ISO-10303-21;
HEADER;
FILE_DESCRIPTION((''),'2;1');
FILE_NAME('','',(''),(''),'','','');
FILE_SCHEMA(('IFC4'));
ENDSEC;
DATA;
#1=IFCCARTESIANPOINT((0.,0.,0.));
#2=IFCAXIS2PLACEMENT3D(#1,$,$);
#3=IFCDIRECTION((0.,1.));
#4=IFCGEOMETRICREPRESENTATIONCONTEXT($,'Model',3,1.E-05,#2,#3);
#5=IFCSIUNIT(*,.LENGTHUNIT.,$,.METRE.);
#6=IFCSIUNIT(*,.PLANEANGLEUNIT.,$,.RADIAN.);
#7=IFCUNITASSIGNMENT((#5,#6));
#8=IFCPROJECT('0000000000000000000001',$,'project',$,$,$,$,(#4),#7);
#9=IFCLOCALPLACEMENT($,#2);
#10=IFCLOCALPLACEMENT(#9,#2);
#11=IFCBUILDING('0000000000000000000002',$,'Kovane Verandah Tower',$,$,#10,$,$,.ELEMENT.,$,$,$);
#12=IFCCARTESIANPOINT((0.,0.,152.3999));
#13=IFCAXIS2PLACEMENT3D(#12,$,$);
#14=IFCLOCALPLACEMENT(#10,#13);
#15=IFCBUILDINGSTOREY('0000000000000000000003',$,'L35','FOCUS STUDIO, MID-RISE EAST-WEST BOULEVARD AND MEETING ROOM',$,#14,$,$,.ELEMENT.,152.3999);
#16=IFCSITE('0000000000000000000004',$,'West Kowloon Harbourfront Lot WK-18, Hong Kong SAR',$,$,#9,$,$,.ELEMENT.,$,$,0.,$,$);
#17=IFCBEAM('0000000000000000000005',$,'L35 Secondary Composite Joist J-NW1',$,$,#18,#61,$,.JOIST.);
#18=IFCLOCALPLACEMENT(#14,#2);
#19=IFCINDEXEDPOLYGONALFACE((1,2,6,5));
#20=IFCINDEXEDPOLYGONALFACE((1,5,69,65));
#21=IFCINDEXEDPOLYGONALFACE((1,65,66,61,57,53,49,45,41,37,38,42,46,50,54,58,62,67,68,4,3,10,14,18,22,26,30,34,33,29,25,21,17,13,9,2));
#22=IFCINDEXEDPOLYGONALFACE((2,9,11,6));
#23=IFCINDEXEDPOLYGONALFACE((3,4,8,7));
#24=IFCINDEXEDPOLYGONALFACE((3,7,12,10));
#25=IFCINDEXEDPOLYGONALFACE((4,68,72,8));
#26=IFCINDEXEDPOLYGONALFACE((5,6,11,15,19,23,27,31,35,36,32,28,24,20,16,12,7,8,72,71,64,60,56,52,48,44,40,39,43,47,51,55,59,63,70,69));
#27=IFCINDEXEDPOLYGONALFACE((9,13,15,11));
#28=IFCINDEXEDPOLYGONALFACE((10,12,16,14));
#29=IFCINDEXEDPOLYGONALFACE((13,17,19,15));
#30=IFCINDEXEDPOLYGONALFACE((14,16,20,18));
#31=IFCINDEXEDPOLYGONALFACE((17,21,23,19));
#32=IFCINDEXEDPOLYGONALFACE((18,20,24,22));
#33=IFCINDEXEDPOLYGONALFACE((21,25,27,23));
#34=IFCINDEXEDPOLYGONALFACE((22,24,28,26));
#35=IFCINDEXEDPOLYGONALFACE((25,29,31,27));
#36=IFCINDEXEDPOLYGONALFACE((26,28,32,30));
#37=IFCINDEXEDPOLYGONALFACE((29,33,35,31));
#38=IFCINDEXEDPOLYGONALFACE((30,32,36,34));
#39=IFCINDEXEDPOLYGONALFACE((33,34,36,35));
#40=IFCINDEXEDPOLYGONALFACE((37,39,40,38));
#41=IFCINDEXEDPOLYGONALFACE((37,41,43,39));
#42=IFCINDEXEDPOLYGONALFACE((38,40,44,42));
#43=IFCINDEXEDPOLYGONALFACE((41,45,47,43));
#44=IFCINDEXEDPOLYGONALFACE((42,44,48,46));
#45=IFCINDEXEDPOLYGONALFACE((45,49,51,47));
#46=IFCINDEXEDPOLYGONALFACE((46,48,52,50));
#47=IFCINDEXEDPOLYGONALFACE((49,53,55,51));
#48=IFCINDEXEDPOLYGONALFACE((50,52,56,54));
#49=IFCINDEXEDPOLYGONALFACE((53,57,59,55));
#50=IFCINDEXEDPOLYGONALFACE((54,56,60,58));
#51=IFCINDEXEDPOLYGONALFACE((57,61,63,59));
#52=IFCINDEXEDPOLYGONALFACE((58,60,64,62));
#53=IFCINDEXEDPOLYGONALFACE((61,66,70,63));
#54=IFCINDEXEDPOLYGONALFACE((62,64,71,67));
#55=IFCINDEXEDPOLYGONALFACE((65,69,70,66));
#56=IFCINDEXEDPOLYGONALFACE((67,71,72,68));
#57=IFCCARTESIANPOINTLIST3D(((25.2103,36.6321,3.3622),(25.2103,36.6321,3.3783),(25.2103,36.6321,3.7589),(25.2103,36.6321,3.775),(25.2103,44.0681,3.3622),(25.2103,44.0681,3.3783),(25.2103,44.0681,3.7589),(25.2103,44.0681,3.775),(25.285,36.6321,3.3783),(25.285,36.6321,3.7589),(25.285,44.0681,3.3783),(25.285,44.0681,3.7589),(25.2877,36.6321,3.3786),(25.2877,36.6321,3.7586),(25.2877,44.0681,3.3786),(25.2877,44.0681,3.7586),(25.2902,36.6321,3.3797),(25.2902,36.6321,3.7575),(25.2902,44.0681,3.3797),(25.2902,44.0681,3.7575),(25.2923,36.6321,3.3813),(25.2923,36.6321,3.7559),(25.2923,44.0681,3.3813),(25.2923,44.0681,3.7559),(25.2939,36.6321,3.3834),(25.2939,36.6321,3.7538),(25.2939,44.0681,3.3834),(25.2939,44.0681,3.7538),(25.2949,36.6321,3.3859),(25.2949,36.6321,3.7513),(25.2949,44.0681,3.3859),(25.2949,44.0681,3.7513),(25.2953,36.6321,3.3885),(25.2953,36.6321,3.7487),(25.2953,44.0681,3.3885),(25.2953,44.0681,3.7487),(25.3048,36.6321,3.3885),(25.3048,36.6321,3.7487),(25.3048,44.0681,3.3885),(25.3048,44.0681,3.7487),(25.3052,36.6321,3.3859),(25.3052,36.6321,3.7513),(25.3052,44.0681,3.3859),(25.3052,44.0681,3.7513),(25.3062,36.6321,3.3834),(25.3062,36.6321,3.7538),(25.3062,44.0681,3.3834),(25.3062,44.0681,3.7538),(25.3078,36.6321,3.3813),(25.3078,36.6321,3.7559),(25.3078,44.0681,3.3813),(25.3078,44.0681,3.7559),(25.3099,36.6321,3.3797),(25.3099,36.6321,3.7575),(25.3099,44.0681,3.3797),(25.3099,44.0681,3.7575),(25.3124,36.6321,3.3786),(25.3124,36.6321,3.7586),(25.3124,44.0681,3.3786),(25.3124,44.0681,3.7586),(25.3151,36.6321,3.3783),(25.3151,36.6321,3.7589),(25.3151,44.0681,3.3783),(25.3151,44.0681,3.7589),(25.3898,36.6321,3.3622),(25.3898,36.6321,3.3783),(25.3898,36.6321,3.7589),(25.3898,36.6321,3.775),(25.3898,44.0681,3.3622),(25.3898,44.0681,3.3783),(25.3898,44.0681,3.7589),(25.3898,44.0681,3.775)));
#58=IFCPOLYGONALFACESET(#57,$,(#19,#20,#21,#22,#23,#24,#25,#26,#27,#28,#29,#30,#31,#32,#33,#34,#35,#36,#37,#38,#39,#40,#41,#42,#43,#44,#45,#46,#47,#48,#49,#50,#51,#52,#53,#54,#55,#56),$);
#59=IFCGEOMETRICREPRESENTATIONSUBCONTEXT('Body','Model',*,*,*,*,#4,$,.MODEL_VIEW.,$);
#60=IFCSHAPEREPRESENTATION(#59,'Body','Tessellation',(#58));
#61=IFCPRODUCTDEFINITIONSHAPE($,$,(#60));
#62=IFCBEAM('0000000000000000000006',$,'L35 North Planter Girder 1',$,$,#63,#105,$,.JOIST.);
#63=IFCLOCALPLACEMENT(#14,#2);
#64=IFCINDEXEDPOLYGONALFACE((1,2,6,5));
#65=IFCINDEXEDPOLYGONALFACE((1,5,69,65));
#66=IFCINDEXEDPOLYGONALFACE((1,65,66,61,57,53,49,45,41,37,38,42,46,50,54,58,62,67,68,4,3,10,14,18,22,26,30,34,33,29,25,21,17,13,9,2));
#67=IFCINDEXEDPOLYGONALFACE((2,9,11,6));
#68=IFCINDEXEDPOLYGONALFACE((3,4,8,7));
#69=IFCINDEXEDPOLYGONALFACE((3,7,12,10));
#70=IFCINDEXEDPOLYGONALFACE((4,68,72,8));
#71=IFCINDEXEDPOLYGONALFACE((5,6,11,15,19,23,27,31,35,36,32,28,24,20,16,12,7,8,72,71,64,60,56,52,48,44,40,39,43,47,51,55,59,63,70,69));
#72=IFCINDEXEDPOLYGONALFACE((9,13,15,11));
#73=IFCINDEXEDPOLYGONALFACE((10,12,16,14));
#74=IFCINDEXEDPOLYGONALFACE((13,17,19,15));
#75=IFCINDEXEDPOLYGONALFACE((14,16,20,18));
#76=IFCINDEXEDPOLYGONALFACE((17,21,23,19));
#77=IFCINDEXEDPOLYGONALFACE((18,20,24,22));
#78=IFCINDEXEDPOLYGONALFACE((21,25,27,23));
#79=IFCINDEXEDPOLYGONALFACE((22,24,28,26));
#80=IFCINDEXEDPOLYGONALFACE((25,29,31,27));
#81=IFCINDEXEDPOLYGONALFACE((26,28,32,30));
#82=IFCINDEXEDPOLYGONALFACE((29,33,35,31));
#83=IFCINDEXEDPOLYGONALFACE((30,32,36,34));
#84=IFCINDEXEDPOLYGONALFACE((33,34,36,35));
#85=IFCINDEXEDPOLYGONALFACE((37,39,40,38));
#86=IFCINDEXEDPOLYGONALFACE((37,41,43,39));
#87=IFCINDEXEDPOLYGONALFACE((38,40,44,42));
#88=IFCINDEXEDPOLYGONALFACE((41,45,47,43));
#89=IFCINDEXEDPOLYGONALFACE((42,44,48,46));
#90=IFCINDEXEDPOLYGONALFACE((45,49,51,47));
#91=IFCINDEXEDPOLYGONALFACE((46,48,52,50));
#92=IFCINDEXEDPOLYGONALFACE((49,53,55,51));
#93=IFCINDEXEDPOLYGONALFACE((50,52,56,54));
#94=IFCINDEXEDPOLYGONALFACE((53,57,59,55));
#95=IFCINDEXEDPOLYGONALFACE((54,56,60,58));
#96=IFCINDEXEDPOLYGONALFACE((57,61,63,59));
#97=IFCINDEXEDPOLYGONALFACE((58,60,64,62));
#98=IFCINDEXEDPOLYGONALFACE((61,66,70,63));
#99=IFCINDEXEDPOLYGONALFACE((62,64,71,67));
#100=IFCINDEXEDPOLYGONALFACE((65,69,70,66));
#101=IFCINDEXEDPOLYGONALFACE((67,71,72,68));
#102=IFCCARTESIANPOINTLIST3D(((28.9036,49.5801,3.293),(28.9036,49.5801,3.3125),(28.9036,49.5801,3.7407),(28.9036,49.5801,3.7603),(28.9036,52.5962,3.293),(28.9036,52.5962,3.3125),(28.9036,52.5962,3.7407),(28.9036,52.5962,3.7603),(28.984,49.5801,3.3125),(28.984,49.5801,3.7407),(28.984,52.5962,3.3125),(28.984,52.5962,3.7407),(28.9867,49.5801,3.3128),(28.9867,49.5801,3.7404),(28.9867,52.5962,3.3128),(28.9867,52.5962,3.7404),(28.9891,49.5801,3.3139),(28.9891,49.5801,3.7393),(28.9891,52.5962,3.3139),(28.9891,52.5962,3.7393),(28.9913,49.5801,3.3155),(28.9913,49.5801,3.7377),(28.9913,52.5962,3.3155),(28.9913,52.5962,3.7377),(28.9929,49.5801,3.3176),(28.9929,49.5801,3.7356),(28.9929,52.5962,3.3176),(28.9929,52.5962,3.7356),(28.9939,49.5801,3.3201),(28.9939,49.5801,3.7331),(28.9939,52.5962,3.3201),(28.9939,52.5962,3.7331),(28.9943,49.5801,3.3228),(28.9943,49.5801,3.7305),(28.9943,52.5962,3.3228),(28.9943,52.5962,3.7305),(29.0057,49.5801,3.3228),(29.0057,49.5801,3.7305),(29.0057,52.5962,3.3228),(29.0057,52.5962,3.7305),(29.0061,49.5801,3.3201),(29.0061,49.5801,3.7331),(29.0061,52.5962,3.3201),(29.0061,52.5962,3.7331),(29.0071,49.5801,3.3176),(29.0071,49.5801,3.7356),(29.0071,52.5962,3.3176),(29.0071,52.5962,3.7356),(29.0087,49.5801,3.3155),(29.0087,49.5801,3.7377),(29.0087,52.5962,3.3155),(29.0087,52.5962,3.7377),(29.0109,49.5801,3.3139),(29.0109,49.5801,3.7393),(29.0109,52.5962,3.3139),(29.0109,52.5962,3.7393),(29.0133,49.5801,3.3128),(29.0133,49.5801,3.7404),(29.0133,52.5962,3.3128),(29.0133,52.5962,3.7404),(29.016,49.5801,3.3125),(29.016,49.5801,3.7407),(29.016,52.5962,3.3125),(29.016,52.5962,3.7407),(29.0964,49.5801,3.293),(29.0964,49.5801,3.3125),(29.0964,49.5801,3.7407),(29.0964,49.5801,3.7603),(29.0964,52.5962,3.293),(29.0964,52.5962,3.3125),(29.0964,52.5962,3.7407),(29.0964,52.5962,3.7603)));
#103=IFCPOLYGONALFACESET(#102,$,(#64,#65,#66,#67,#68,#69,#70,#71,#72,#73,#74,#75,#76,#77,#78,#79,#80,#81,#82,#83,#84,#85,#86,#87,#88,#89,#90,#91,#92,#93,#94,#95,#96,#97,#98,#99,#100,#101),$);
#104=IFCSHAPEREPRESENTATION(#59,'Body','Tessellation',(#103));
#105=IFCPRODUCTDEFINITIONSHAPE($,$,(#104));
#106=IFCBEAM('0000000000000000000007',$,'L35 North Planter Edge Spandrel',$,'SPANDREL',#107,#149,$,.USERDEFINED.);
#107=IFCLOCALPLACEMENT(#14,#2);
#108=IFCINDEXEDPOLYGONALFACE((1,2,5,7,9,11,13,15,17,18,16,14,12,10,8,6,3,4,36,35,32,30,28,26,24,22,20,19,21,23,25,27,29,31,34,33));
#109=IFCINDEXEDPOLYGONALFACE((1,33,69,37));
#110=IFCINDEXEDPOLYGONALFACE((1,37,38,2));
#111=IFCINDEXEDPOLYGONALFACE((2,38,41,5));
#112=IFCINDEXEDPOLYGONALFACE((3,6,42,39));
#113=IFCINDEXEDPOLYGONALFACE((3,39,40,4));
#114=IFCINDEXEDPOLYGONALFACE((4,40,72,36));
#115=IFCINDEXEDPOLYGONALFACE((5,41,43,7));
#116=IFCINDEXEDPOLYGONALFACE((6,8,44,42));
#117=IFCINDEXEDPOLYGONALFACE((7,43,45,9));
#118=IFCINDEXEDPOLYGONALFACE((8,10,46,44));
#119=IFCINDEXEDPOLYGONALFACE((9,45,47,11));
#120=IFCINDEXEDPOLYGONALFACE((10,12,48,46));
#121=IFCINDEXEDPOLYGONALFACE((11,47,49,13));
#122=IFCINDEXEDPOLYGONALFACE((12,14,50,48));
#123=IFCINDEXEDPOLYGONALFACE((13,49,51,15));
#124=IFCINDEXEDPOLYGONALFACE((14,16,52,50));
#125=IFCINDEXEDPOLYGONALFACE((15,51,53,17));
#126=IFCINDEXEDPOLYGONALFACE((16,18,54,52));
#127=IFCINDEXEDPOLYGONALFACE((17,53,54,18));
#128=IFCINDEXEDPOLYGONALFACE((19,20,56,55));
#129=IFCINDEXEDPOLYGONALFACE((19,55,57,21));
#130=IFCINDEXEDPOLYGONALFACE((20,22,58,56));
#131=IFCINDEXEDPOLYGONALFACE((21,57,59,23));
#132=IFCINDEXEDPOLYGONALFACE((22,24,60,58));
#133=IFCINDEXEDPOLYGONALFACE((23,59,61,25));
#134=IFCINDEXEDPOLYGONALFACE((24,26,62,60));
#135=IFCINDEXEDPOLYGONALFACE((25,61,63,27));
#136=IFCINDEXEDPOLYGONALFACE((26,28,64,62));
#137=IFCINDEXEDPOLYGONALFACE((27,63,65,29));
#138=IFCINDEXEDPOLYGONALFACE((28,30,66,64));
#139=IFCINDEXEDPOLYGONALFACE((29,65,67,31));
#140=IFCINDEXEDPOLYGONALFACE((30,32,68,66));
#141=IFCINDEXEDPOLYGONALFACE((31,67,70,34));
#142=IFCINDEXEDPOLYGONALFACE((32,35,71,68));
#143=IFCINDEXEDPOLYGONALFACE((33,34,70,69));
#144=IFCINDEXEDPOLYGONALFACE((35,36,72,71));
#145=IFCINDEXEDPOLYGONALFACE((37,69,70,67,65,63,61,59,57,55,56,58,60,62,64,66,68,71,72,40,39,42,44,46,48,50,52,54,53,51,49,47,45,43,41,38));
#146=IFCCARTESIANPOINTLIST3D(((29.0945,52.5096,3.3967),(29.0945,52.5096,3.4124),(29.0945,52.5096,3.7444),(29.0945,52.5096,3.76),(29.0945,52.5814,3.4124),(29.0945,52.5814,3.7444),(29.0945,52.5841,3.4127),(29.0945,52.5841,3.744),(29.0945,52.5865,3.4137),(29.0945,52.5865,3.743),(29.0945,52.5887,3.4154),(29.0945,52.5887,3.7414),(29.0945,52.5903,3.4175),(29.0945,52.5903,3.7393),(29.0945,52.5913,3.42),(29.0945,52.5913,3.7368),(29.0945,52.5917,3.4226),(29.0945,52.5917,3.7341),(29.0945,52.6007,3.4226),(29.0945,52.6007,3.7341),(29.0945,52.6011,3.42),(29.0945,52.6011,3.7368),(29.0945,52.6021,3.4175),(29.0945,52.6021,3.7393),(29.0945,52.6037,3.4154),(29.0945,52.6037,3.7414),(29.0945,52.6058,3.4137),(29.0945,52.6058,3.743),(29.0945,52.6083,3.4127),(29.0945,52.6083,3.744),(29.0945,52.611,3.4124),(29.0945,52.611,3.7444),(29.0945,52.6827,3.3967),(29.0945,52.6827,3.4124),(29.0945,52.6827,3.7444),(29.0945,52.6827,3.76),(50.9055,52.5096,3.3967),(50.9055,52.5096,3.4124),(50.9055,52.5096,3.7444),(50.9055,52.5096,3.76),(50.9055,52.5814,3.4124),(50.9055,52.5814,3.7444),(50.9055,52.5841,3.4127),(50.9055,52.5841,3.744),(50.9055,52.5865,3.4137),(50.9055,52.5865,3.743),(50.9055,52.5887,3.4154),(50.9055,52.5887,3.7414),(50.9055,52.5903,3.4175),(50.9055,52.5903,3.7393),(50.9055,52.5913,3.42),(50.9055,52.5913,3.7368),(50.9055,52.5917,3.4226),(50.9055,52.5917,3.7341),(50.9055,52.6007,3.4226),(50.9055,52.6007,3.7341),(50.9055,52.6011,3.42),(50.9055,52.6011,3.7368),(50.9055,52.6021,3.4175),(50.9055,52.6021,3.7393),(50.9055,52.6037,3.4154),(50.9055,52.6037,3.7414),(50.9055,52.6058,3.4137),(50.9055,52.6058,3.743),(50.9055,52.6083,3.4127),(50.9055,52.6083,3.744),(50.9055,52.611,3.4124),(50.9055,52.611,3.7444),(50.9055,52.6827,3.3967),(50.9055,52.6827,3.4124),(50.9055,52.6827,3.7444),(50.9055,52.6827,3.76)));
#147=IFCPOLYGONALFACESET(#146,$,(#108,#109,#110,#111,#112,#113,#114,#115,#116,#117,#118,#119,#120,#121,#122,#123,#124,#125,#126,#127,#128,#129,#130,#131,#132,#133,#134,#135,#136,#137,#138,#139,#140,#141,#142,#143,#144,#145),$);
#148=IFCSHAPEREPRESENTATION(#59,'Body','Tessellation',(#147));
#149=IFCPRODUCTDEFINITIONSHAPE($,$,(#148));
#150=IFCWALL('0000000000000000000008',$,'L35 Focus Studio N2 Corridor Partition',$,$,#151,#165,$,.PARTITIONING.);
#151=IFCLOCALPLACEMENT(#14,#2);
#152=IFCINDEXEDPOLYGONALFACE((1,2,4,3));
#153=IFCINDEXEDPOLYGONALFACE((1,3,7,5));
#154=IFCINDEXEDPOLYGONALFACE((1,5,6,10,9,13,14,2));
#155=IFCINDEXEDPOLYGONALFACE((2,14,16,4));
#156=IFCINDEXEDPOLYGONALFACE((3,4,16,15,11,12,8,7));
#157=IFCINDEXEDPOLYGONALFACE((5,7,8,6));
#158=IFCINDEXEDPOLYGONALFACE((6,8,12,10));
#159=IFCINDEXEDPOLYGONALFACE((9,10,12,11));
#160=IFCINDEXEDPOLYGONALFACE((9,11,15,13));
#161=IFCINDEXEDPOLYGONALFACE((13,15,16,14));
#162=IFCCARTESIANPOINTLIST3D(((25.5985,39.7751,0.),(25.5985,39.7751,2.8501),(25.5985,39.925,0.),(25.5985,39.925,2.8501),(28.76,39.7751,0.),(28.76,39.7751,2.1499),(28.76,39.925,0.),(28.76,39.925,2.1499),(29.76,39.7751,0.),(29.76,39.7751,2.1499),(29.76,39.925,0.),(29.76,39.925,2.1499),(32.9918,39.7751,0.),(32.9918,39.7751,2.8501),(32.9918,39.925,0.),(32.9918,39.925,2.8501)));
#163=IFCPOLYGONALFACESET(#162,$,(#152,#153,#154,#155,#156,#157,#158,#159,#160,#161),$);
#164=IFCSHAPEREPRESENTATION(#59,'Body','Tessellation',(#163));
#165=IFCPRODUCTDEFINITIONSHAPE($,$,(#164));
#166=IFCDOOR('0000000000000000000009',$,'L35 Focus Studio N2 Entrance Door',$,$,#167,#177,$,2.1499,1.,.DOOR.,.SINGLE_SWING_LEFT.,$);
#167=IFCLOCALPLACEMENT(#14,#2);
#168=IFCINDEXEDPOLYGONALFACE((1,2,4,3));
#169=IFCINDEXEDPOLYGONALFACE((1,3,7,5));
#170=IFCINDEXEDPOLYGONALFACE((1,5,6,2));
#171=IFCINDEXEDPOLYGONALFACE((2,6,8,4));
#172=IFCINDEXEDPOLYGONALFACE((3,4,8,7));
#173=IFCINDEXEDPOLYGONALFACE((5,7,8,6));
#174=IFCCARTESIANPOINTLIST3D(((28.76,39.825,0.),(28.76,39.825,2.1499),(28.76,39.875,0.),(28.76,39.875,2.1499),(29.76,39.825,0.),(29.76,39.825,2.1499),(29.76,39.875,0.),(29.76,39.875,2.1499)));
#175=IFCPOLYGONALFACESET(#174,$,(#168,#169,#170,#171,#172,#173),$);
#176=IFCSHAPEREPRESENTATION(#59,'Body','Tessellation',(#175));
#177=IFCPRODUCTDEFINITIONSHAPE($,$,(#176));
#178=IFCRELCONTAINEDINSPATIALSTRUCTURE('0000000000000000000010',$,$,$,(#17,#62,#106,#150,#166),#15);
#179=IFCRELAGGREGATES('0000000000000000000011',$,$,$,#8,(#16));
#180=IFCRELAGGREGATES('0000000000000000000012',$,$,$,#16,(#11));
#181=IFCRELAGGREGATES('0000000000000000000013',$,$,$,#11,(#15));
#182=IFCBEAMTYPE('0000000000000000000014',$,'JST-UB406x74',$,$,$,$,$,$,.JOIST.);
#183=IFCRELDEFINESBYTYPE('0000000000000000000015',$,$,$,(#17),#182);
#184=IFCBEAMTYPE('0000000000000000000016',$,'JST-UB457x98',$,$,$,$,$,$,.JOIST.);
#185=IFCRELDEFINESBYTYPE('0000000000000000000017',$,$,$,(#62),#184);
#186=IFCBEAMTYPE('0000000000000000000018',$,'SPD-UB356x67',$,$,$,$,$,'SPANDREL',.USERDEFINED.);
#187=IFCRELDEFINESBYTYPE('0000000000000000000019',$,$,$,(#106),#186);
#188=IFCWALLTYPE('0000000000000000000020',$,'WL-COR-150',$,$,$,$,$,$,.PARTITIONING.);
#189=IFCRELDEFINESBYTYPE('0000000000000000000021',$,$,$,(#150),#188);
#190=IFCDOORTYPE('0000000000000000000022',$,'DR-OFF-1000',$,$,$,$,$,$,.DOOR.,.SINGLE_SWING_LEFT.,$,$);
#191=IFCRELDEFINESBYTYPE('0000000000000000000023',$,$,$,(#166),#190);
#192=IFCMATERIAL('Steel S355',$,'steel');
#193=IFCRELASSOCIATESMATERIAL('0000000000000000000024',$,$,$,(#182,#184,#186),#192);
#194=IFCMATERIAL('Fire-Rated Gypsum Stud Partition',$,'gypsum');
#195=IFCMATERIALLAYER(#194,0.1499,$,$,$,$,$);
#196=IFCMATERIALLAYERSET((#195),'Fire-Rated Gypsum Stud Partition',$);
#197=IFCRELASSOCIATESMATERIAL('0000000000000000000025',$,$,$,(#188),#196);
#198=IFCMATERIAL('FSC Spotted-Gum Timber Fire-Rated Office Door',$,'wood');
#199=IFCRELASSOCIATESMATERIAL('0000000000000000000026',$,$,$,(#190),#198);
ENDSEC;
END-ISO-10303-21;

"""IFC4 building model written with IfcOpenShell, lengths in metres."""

from ifc_helpers import new_model, si_unit, direction, frame, frame_2d, origin, origin_2d, place, context, subcontext, project, spatial, rectangle, i_section, extrude, material, layer, layer_set, material_profile, profile_set, type_object, element, fill, save


model = new_model("IFC4")

# Units and contexts
model_context = context("Model", 3, precision=1e-05, world=origin(), true_north=direction((0.0, 1.0)))
body_context = subcontext(model_context, "Body", "Model", "MODEL_VIEW")
ifc_project = project(units=[si_unit("LENGTHUNIT", "METRE"), si_unit("PLANEANGLEUNIT", "RADIAN")], contexts=[model_context])

# Site, building, storey
site_placement = place(None, origin())
site = spatial("IfcSite", under=ifc_project, at=site_placement, Name="West Kowloon Harbourfront Lot WK-18, Hong Kong SAR", CompositionType="ELEMENT", RefElevation=0.0)
building_placement = place(site_placement, origin())
building = spatial("IfcBuilding", under=site, at=building_placement, Name="Kovane Verandah Tower", CompositionType="ELEMENT")
storey_placement = place(building_placement, frame((0.0, 0.0, 152.3999)))
storey = spatial("IfcBuildingStorey", under=building, at=storey_placement, Name="L35", Description="FOCUS STUDIO, MID-RISE EAST-WEST BOULEVARD AND MEETING ROOM", CompositionType="ELEMENT", Elevation=152.3999)

# Beams
ifc_material_1 = material(Name="Steel S355", Category="steel")
ifc_material_profile_1 = material_profile(ifc_material_1, i_section(OverallWidth=0.1794, OverallDepth=0.4128, WebThickness=0.0095, FlangeThickness=0.0161, FilletRadius=0.0103, at=origin_2d()), Name="UB406x178x74")
ifc_profile_set_1 = profile_set([ifc_material_profile_1], Name="Steel S355")
beam_type_1 = type_object("IfcBeamType", Name="JST-UB406x74", PredefinedType="JOIST", material=ifc_profile_set_1)
beam_1_placement = place(storey_placement, frame((25.3, 36.6321, 3.5686), z_axis=(0.0, 1.0, 0.0), x_axis=(-1.0, 0.0, 0.0)))
element("IfcBeam", 1, at=beam_1_placement, inside=storey, type_object=beam_type_1, Name="L35 Secondary Composite Joist J-NW1", PredefinedType="JOIST", context=body_context, shape_type="SweptSolid", body=[
    extrude(i_section(OverallWidth=0.1794, OverallDepth=0.4128, WebThickness=0.0095, FlangeThickness=0.0161, FilletRadius=0.0103, at=origin_2d()), origin(), (0.0, 0.0, 1.0), 7.436),
])
ifc_material_profile_2 = material_profile(ifc_material_1, i_section(OverallWidth=0.1929, OverallDepth=0.4673, WebThickness=0.0115, FlangeThickness=0.0195, FilletRadius=0.0103, at=origin_2d()), Name="UB457x191x98")
ifc_profile_set_2 = profile_set([ifc_material_profile_2], Name="Steel S355")
beam_type_2 = type_object("IfcBeamType", Name="JST-UB457x98", PredefinedType="JOIST", material=ifc_profile_set_2)
beam_2_placement = place(storey_placement, frame((29.0, 49.5801, 3.5266), z_axis=(0.0, 1.0, 0.0), x_axis=(-1.0, 0.0, 0.0)))
element("IfcBeam", 2, at=beam_2_placement, inside=storey, type_object=beam_type_2, Name="L35 North Planter Girder 1", PredefinedType="JOIST", context=body_context, shape_type="SweptSolid", body=[
    extrude(i_section(OverallWidth=0.1929, OverallDepth=0.4673, WebThickness=0.0115, FlangeThickness=0.0195, FilletRadius=0.0103, at=origin_2d()), origin(), (0.0, 0.0, 1.0), 3.0161),
])
ifc_material_profile_3 = material_profile(ifc_material_1, i_section(OverallWidth=0.1731, OverallDepth=0.3633, WebThickness=0.009, FlangeThickness=0.0156, FilletRadius=0.0103, at=origin_2d()), Name="UB356x171x67")
ifc_profile_set_3 = profile_set([ifc_material_profile_3], Name="Steel S355")
beam_type_3 = type_object("IfcBeamType", Name="SPD-UB356x67", ElementType="SPANDREL", PredefinedType="USERDEFINED", material=ifc_profile_set_3)
beam_3_placement = place(storey_placement, frame((29.0945, 52.5962, 3.5784), z_axis=(1.0, 0.0, 0.0), x_axis=(0.0, 1.0, 0.0)))
element("IfcBeam", 3, at=beam_3_placement, inside=storey, type_object=beam_type_3, Name="L35 North Planter Edge Spandrel", ObjectType="SPANDREL", PredefinedType="USERDEFINED", context=body_context, shape_type="SweptSolid", body=[
    extrude(i_section(OverallWidth=0.1731, OverallDepth=0.3633, WebThickness=0.009, FlangeThickness=0.0156, FilletRadius=0.0103, at=origin_2d()), origin(), (0.0, 0.0, 1.0), 21.811),
])

# Wall, opening, door
ifc_material_2 = material(Name="Fire-Rated Gypsum Stud Partition", Category="gypsum")
ifc_layer_1 = layer(ifc_material_2, 0.1499)
ifc_layer_set_1 = layer_set([ifc_layer_1], Name="Fire-Rated Gypsum Stud Partition")
wall_type_1 = type_object("IfcWallType", Name="WL-COR-150", PredefinedType="PARTITIONING", material=ifc_layer_set_1)
wall_1_placement = place(storey_placement, frame((25.5984, 39.8501, 0.0), z_axis=(0.0, 0.0, 1.0), x_axis=(1.0, 0.0, 0.0)))
wall_1 = element("IfcWall", 4, at=wall_1_placement, inside=storey, type_object=wall_type_1, Name="L35 Focus Studio N2 Corridor Partition", PredefinedType="PARTITIONING", context=body_context, shape_type="SweptSolid", body=[
    extrude(rectangle(XDim=7.3933, YDim=0.1499, at=frame_2d((3.6968, 0.0))), origin(), (0.0, 0.0, 1.0), 2.8501),
])
opening_1_placement = place(wall_1_placement, frame((3.1616, 0.0, 0.0)))
opening_1 = element("IfcOpeningElement", 5, at=opening_1_placement, cuts=wall_1, PredefinedType="OPENING", context=body_context, shape_type="SweptSolid", body=[
    extrude(rectangle(XDim=1.0, YDim=2.1499, at=frame_2d((0.5, 1.075))), frame((0.0, 0.075, 0.0), z_axis=(0.0, -1.0, 0.0), x_axis=(1.0, 0.0, 0.0)), (0.0, 0.0, 1.0), 0.1499),
])
ifc_material_3 = material(Name="FSC Spotted-Gum Timber Fire-Rated Office Door", Category="wood")
door_type = type_object("IfcDoorType", Name="DR-OFF-1000", OperationType="SINGLE_SWING_LEFT", PredefinedType="DOOR", material=ifc_material_3)
door_1_placement = place(opening_1_placement, origin())
door_1 = element("IfcDoor", 6, at=door_1_placement, inside=storey, type_object=door_type, Name="L35 Focus Studio N2 Entrance Door", OperationType="SINGLE_SWING_LEFT", OverallHeight=2.1499, OverallWidth=1.0, PredefinedType="DOOR", context=body_context, shape_type="SweptSolid", body=[
    extrude(rectangle(XDim=1.0, YDim=2.1499, at=frame_2d((0.5, 1.075))), frame((0.0, 0.0249, 0.0), z_axis=(0.0, -1.0, 0.0), x_axis=(1.0, 0.0, 0.0)), (0.0, 0.0, 1.0), 0.05),
])
fill(opening_1, door_1)

save(model, "model.ifc")
